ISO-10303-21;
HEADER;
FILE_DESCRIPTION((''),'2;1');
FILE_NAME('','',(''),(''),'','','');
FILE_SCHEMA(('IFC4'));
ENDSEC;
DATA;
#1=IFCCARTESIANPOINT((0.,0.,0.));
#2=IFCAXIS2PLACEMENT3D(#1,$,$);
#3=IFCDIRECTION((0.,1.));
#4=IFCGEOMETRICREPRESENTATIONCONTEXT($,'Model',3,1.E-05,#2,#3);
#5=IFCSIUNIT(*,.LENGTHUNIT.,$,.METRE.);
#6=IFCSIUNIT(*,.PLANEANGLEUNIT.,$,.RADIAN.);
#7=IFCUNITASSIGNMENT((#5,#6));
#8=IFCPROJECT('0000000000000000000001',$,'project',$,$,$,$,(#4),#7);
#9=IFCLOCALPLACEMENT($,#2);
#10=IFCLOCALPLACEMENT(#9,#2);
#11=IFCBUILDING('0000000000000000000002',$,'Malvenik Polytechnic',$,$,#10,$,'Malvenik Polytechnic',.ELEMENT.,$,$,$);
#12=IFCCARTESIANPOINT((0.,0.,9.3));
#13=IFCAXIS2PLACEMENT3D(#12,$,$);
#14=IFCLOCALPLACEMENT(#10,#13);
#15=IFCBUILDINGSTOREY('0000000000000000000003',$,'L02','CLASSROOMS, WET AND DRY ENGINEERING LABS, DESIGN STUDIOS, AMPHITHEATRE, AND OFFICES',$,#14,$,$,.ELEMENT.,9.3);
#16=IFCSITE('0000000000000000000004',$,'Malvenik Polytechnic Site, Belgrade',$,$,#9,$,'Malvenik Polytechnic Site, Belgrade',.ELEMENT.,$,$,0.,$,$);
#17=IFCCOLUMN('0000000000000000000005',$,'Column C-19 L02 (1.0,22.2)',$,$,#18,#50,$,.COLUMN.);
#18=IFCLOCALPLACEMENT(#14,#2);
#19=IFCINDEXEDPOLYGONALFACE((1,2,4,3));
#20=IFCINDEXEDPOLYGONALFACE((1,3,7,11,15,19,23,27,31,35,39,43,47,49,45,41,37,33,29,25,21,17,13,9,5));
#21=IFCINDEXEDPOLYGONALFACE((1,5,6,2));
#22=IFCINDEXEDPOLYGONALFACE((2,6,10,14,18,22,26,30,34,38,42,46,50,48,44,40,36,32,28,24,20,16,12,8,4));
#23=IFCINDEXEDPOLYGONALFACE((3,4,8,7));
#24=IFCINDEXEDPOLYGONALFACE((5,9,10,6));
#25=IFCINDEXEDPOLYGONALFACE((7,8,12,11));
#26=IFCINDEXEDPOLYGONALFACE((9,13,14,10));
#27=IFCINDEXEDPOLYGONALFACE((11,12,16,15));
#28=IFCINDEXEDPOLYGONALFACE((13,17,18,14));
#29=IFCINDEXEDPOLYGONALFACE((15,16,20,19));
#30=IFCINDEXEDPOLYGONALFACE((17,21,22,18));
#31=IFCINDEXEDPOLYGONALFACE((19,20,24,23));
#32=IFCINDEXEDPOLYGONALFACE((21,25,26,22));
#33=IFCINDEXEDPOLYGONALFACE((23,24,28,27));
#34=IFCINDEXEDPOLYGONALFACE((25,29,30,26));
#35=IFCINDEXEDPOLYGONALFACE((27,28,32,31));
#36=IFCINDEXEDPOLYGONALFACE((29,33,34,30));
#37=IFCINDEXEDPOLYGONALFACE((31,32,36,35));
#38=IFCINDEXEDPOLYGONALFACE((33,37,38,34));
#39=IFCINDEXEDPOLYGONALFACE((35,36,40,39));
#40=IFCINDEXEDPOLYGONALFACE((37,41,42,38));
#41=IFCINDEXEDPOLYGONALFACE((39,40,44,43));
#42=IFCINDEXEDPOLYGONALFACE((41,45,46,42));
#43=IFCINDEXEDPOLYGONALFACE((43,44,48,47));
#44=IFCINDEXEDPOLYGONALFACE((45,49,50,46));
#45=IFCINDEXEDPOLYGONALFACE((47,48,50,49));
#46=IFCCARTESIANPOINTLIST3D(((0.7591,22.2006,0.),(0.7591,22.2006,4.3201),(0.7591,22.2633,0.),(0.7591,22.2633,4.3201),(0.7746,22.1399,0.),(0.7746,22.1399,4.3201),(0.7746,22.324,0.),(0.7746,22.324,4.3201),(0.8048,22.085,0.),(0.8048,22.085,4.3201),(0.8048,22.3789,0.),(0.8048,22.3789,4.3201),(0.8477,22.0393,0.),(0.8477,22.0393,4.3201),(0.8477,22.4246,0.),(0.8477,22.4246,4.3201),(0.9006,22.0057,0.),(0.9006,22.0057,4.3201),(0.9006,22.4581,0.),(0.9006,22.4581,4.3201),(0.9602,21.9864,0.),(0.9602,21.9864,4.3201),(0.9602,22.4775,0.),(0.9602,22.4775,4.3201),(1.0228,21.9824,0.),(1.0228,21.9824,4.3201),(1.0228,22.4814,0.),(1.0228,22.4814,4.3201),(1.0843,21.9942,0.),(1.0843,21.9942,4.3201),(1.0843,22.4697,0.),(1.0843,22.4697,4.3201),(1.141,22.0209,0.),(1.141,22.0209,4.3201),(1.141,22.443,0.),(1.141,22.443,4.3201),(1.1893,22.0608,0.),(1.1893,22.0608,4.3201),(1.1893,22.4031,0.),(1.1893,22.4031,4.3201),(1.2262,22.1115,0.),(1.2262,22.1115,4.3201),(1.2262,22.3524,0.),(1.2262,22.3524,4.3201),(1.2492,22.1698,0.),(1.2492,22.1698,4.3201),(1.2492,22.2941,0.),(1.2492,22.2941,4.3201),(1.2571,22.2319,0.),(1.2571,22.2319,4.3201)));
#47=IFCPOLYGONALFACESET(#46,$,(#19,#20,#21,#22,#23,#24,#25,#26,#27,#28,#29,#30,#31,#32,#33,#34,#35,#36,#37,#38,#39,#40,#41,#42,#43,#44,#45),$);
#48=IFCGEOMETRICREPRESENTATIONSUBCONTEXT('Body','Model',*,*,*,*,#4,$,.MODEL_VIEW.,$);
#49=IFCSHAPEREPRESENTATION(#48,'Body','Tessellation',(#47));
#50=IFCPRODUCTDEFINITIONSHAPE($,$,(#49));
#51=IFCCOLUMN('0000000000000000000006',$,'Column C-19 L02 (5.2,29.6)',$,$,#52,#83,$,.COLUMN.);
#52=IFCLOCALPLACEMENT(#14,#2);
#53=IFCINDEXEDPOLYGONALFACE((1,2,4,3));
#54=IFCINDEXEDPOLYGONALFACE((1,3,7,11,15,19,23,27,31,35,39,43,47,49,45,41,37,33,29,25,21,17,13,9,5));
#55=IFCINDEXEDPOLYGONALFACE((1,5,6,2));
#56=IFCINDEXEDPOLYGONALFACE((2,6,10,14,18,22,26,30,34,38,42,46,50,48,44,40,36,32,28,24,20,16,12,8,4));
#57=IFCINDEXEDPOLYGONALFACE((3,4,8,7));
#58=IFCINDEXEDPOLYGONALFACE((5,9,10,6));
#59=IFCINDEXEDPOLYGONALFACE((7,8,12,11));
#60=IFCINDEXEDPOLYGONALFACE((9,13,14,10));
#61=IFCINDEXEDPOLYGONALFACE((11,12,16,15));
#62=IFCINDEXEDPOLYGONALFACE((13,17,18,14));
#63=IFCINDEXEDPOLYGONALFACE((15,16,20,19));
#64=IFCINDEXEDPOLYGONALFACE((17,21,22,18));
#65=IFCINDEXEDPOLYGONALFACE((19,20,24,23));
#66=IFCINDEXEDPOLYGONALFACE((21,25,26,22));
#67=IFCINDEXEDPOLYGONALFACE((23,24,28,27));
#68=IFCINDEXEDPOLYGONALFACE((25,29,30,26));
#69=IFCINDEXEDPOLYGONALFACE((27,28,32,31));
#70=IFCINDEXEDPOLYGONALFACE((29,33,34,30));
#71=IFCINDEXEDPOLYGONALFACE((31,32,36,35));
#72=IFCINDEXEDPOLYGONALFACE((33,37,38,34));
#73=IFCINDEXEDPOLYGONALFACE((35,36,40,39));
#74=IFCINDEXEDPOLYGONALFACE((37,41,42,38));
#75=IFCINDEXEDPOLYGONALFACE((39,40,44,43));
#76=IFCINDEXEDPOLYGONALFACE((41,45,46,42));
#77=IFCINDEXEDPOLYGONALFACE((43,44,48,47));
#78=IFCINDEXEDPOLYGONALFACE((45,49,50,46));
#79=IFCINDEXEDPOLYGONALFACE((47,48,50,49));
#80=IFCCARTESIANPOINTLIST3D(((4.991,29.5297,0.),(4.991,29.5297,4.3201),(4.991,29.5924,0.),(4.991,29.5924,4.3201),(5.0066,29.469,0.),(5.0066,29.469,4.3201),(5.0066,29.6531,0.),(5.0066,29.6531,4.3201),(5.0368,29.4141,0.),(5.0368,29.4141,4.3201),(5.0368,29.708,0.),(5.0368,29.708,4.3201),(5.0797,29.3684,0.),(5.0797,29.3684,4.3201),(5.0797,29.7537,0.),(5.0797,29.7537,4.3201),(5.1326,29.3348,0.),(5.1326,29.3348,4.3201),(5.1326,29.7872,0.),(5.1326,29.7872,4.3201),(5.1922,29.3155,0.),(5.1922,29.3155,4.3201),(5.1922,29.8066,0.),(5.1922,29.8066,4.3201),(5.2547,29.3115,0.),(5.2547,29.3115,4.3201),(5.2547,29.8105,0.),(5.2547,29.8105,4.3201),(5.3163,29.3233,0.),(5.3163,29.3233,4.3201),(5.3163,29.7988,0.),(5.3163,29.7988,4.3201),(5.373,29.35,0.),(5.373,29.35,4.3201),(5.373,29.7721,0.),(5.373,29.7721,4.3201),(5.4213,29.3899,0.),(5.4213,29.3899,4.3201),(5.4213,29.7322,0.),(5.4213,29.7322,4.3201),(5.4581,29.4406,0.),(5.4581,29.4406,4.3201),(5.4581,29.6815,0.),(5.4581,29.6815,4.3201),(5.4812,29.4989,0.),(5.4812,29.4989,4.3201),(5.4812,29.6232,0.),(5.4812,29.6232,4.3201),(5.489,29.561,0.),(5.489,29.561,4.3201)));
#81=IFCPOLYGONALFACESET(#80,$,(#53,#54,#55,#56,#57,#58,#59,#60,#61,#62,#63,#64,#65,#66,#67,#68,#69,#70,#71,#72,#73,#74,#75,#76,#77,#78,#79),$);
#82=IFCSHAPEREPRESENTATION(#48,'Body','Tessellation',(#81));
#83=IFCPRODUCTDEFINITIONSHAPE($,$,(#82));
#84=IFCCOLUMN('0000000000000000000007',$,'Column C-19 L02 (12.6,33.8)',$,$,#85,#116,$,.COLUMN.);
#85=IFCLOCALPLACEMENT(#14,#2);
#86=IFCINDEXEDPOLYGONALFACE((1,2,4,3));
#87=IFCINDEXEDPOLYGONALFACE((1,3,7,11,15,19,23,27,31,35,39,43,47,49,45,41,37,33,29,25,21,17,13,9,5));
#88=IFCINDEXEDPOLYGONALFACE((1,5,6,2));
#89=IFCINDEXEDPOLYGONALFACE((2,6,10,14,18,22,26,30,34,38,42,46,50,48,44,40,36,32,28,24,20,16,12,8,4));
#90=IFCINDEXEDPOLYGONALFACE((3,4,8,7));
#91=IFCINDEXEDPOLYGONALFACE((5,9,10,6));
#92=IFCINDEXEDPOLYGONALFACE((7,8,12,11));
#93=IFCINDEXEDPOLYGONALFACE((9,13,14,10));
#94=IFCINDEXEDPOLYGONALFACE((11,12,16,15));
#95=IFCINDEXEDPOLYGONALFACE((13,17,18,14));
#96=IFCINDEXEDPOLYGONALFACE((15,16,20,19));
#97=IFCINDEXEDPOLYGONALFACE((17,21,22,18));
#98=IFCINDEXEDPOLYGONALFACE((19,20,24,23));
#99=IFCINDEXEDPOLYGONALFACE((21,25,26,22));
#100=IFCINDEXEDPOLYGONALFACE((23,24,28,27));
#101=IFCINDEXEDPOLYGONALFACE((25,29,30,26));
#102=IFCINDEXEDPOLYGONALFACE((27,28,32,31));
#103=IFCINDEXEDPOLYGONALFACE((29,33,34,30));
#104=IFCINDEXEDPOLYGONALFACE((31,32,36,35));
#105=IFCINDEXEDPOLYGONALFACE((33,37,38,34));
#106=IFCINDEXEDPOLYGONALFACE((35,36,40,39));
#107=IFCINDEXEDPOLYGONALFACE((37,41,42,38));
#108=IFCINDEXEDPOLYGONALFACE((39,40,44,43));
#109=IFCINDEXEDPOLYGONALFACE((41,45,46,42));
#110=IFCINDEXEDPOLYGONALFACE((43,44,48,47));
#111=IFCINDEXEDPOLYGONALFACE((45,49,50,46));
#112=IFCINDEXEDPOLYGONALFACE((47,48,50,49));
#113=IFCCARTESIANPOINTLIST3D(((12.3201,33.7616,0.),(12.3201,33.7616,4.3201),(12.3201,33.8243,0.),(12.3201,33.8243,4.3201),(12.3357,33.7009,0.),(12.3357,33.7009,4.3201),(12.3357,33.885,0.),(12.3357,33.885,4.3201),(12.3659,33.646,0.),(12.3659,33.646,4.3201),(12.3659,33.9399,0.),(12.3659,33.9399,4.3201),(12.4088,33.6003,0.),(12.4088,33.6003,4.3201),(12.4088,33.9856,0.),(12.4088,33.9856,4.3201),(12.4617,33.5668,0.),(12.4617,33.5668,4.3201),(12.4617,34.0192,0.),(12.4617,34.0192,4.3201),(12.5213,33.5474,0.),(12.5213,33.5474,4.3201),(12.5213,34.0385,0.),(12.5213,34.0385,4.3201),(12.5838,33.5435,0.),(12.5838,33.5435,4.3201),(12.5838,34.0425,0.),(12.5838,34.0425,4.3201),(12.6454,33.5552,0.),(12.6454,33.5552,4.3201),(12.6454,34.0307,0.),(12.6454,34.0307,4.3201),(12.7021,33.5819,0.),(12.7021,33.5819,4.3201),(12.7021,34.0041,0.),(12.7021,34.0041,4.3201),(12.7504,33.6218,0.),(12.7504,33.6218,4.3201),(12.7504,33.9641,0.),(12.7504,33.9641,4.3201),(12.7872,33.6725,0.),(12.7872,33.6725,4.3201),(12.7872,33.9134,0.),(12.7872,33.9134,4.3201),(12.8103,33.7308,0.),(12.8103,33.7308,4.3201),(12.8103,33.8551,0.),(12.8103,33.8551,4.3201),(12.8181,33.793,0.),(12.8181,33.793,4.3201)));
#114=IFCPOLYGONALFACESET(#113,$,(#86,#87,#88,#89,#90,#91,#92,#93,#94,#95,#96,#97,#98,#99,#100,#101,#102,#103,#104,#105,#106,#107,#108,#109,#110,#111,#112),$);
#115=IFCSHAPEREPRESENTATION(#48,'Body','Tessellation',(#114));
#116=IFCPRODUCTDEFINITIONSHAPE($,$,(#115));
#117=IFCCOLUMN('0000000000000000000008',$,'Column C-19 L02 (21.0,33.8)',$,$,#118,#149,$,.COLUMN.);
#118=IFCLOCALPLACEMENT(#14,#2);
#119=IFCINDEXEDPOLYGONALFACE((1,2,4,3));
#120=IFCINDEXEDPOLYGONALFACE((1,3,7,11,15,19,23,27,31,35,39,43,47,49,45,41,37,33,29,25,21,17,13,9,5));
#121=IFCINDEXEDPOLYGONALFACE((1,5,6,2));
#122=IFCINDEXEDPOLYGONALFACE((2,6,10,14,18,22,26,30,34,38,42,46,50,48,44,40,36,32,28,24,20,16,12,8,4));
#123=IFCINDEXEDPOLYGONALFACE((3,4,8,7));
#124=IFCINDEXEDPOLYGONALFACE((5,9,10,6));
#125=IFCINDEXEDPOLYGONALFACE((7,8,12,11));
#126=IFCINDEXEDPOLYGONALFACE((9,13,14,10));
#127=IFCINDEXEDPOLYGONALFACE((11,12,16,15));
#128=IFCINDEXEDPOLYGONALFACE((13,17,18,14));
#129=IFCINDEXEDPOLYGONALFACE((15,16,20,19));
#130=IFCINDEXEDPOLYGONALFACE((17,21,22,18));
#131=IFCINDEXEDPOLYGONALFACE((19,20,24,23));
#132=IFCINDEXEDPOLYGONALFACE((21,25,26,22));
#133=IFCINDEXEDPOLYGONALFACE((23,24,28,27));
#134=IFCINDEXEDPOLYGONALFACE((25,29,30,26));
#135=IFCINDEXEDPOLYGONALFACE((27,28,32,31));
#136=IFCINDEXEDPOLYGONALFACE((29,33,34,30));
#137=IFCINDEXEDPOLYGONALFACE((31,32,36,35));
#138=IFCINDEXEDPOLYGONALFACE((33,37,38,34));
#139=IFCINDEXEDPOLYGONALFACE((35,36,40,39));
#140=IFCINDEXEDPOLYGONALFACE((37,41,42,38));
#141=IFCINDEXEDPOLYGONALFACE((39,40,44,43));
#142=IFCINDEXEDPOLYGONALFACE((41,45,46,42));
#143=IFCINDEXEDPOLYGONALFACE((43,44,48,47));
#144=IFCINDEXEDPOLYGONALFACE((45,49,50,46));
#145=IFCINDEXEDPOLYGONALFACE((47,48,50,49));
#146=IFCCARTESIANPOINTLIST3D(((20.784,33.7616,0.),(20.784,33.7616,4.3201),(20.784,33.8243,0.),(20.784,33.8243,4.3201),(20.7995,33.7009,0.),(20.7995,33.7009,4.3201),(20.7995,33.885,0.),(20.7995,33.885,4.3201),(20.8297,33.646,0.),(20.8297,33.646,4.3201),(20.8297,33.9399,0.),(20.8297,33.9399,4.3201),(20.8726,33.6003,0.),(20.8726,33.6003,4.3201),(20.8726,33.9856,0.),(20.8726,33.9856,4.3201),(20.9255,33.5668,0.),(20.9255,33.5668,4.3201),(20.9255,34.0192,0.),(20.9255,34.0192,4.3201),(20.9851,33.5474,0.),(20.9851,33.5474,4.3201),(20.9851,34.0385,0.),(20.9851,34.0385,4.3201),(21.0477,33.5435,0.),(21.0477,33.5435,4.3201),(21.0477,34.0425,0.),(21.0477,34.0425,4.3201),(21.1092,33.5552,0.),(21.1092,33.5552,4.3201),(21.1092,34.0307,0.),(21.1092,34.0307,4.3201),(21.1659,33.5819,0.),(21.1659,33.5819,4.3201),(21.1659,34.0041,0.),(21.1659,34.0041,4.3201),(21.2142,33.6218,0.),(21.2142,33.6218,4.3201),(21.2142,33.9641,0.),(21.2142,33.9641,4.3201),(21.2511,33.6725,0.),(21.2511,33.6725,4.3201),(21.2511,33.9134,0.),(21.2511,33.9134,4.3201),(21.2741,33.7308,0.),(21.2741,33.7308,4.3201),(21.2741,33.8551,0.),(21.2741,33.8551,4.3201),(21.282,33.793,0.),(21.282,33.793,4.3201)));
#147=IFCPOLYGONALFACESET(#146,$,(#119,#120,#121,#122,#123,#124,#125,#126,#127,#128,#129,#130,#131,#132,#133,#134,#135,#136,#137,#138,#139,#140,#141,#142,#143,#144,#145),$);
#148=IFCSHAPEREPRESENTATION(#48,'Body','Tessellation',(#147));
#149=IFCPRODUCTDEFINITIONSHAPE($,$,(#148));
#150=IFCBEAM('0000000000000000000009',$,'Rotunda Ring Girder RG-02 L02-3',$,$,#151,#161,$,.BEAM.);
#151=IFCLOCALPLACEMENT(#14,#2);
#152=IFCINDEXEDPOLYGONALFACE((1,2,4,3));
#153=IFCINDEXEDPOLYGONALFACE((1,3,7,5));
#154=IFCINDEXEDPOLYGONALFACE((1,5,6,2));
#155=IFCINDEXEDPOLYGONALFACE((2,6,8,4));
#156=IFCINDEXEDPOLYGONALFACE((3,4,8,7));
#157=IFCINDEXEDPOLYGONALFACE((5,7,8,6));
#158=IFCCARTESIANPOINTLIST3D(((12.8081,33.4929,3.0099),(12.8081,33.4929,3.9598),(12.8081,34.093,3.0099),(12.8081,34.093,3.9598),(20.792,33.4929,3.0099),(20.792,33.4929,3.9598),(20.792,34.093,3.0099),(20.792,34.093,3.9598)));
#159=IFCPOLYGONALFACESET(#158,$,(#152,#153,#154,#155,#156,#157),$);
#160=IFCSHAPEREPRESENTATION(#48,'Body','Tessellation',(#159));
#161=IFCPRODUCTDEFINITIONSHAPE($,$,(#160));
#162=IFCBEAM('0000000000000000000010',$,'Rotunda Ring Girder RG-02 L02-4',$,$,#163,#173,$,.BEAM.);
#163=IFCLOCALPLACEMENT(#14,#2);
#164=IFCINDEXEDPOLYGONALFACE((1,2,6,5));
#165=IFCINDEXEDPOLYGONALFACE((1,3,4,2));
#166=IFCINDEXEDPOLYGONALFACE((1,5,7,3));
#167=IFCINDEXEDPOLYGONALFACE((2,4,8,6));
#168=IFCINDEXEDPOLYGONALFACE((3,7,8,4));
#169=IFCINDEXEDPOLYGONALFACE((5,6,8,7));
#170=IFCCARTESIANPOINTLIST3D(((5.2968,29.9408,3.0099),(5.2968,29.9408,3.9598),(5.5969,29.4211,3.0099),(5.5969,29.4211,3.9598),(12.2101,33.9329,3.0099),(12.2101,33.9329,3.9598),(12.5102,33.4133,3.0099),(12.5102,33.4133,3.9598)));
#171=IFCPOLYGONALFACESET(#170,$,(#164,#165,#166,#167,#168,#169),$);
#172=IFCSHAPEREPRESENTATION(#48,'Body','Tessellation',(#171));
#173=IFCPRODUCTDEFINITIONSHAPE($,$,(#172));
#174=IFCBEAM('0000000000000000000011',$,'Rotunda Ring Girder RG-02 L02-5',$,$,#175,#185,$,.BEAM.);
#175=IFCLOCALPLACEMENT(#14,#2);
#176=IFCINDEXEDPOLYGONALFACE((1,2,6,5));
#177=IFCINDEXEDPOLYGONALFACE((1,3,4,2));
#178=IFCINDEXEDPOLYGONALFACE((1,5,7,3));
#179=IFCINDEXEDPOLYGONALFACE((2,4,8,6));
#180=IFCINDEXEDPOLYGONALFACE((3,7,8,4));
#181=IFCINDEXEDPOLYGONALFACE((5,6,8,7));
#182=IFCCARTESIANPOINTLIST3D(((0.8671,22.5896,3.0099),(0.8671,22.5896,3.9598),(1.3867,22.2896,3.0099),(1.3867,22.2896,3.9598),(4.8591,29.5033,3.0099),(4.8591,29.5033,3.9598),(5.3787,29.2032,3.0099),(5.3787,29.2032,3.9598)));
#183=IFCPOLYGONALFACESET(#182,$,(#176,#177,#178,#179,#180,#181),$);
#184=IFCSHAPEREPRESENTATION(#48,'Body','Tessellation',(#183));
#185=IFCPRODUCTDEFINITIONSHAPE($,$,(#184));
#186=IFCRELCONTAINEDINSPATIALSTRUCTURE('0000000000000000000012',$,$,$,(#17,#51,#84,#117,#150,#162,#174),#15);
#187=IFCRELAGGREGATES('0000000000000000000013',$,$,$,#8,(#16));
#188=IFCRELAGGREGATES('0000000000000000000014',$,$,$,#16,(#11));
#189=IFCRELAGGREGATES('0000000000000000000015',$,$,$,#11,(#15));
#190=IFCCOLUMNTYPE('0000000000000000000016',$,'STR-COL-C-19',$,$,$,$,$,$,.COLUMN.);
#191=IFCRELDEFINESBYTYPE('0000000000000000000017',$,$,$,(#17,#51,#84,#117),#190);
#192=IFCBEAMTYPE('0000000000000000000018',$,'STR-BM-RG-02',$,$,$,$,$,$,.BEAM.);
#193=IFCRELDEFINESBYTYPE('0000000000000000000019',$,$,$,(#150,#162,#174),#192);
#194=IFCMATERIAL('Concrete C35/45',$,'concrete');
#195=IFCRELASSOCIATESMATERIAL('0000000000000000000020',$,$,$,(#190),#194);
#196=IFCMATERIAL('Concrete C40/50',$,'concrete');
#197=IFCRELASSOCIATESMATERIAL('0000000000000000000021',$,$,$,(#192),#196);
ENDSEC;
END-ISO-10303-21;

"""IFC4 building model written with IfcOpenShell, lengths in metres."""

from ifc_helpers import new_model, si_unit, direction, frame, origin, origin_2d, place, context, subcontext, project, spatial, rectangle, circle, extrude, material, material_profile, profile_set, type_object, element, save


model = new_model("IFC4")

# Units and contexts
model_context = context("Model", 3, precision=1e-05, world=origin(), true_north=direction((0.0, 1.0)))
body_context = subcontext(model_context, "Body", "Model", "MODEL_VIEW")
ifc_project = project(units=[si_unit("LENGTHUNIT", "METRE"), si_unit("PLANEANGLEUNIT", "RADIAN")], contexts=[model_context])

# Site, building, storey
site_placement = place(None, origin())
site = spatial("IfcSite", under=ifc_project, at=site_placement, Name="Malvenik Polytechnic Site, Belgrade", LongName="Malvenik Polytechnic Site, Belgrade", CompositionType="ELEMENT", RefElevation=0.0)
building_placement = place(site_placement, origin())
building = spatial("IfcBuilding", under=site, at=building_placement, Name="Malvenik Polytechnic", LongName="Malvenik Polytechnic", CompositionType="ELEMENT")
storey_placement = place(building_placement, frame((0.0, 0.0, 9.3)))
storey = spatial("IfcBuildingStorey", under=building, at=storey_placement, Name="L02", Description="CLASSROOMS, WET AND DRY ENGINEERING LABS, DESIGN STUDIOS, AMPHITHEATRE, AND OFFICES", CompositionType="ELEMENT", Elevation=9.3)

# Columns
ifc_material_1 = material(Name="Concrete C35/45", Category="concrete")
ifc_material_profile_1 = material_profile(ifc_material_1, circle(Radius=0.25, at=origin_2d()), Name="RC COL D500")
ifc_profile_set_1 = profile_set([ifc_material_profile_1], Name="Concrete C35/45")
column_type = type_object("IfcColumnType", Name="STR-COL-C-19", PredefinedType="COLUMN", material=ifc_profile_set_1)
for number, where, z_axis, x_axis, name in (
    (1, (1.0071, 22.2319, 0.0), (0.0, 0.0, 1.0), (1.0, 0.0, 0.0), "Column C-19 L02 (1.0,22.2)"),
    (2, (5.239, 29.561, 0.0), (0.0, 0.0, 1.0), (1.0, 0.0, 0.0), "Column C-19 L02 (5.2,29.6)"),
    (3, (12.5681, 33.793, 0.0), (0.0, 0.0, 1.0), (1.0, 0.0, 0.0), "Column C-19 L02 (12.6,33.8)"),
    (4, (21.032, 33.793, 0.0), (0.0, 0.0, 1.0), (1.0, 0.0, 0.0), "Column C-19 L02 (21.0,33.8)"),
):
    element("IfcColumn", number, at=place(storey_placement, frame(where, z_axis=z_axis, x_axis=x_axis)), inside=storey, type_object=column_type, Name=name, PredefinedType="COLUMN", context=body_context, shape_type="SweptSolid", body=[
        extrude(circle(Radius=0.25, at=origin_2d()), origin(), (0.0, 0.0, 1.0), 4.3201),
    ])

# Beams
ifc_material_2 = material(Name="Concrete C40/50", Category="concrete")
ifc_material_profile_2 = material_profile(ifc_material_2, rectangle(XDim=0.6001, YDim=0.95, at=origin_2d()), Name="RC RG 600x950")
ifc_profile_set_2 = profile_set([ifc_material_profile_2], Name="Concrete C40/50")
beam_type = type_object("IfcBeamType", Name="STR-BM-RG-02", PredefinedType="BEAM", material=ifc_profile_set_2)
beam_1_placement = place(storey_placement, frame((20.792, 33.793, 3.4849), z_axis=(-1.0, 0.0, 0.0), x_axis=(0.0, -1.0, 0.0)))
element("IfcBeam", 5, at=beam_1_placement, inside=storey, type_object=beam_type, Name="Rotunda Ring Girder RG-02 L02-3", PredefinedType="BEAM", context=body_context, shape_type="SweptSolid", body=[
    extrude(rectangle(XDim=0.6001, YDim=0.95, at=origin_2d()), origin(), (0.0, 0.0, 1.0), 7.9839),
])
beam_2_placement = place(storey_placement, frame((12.3601, 33.6731, 3.4849), z_axis=(-0.865983, -0.500073, 0.0), x_axis=(0.500073, -0.865983, 0.0)))
element("IfcBeam", 6, at=beam_2_placement, inside=storey, type_object=beam_type, Name="Rotunda Ring Girder RG-02 L02-4", PredefinedType="BEAM", context=body_context, shape_type="SweptSolid", body=[
    extrude(rectangle(XDim=0.6001, YDim=0.95, at=origin_2d()), origin(), (0.0, 0.0, 1.0), 7.9832),
])
beam_3_placement = place(storey_placement, frame((5.1189, 29.3533, 3.4849), z_axis=(-0.500037, -0.866004, 0.0), x_axis=(0.866004, -0.500037, 0.0)))
element("IfcBeam", 7, at=beam_3_placement, inside=storey, type_object=beam_type, Name="Rotunda Ring Girder RG-02 L02-5", PredefinedType="BEAM", context=body_context, shape_type="SweptSolid", body=[
    extrude(rectangle(XDim=0.6001, YDim=0.95, at=origin_2d()), origin(), (0.0, 0.0, 1.0), 7.9834),
])

save(model, "model.ifc")
